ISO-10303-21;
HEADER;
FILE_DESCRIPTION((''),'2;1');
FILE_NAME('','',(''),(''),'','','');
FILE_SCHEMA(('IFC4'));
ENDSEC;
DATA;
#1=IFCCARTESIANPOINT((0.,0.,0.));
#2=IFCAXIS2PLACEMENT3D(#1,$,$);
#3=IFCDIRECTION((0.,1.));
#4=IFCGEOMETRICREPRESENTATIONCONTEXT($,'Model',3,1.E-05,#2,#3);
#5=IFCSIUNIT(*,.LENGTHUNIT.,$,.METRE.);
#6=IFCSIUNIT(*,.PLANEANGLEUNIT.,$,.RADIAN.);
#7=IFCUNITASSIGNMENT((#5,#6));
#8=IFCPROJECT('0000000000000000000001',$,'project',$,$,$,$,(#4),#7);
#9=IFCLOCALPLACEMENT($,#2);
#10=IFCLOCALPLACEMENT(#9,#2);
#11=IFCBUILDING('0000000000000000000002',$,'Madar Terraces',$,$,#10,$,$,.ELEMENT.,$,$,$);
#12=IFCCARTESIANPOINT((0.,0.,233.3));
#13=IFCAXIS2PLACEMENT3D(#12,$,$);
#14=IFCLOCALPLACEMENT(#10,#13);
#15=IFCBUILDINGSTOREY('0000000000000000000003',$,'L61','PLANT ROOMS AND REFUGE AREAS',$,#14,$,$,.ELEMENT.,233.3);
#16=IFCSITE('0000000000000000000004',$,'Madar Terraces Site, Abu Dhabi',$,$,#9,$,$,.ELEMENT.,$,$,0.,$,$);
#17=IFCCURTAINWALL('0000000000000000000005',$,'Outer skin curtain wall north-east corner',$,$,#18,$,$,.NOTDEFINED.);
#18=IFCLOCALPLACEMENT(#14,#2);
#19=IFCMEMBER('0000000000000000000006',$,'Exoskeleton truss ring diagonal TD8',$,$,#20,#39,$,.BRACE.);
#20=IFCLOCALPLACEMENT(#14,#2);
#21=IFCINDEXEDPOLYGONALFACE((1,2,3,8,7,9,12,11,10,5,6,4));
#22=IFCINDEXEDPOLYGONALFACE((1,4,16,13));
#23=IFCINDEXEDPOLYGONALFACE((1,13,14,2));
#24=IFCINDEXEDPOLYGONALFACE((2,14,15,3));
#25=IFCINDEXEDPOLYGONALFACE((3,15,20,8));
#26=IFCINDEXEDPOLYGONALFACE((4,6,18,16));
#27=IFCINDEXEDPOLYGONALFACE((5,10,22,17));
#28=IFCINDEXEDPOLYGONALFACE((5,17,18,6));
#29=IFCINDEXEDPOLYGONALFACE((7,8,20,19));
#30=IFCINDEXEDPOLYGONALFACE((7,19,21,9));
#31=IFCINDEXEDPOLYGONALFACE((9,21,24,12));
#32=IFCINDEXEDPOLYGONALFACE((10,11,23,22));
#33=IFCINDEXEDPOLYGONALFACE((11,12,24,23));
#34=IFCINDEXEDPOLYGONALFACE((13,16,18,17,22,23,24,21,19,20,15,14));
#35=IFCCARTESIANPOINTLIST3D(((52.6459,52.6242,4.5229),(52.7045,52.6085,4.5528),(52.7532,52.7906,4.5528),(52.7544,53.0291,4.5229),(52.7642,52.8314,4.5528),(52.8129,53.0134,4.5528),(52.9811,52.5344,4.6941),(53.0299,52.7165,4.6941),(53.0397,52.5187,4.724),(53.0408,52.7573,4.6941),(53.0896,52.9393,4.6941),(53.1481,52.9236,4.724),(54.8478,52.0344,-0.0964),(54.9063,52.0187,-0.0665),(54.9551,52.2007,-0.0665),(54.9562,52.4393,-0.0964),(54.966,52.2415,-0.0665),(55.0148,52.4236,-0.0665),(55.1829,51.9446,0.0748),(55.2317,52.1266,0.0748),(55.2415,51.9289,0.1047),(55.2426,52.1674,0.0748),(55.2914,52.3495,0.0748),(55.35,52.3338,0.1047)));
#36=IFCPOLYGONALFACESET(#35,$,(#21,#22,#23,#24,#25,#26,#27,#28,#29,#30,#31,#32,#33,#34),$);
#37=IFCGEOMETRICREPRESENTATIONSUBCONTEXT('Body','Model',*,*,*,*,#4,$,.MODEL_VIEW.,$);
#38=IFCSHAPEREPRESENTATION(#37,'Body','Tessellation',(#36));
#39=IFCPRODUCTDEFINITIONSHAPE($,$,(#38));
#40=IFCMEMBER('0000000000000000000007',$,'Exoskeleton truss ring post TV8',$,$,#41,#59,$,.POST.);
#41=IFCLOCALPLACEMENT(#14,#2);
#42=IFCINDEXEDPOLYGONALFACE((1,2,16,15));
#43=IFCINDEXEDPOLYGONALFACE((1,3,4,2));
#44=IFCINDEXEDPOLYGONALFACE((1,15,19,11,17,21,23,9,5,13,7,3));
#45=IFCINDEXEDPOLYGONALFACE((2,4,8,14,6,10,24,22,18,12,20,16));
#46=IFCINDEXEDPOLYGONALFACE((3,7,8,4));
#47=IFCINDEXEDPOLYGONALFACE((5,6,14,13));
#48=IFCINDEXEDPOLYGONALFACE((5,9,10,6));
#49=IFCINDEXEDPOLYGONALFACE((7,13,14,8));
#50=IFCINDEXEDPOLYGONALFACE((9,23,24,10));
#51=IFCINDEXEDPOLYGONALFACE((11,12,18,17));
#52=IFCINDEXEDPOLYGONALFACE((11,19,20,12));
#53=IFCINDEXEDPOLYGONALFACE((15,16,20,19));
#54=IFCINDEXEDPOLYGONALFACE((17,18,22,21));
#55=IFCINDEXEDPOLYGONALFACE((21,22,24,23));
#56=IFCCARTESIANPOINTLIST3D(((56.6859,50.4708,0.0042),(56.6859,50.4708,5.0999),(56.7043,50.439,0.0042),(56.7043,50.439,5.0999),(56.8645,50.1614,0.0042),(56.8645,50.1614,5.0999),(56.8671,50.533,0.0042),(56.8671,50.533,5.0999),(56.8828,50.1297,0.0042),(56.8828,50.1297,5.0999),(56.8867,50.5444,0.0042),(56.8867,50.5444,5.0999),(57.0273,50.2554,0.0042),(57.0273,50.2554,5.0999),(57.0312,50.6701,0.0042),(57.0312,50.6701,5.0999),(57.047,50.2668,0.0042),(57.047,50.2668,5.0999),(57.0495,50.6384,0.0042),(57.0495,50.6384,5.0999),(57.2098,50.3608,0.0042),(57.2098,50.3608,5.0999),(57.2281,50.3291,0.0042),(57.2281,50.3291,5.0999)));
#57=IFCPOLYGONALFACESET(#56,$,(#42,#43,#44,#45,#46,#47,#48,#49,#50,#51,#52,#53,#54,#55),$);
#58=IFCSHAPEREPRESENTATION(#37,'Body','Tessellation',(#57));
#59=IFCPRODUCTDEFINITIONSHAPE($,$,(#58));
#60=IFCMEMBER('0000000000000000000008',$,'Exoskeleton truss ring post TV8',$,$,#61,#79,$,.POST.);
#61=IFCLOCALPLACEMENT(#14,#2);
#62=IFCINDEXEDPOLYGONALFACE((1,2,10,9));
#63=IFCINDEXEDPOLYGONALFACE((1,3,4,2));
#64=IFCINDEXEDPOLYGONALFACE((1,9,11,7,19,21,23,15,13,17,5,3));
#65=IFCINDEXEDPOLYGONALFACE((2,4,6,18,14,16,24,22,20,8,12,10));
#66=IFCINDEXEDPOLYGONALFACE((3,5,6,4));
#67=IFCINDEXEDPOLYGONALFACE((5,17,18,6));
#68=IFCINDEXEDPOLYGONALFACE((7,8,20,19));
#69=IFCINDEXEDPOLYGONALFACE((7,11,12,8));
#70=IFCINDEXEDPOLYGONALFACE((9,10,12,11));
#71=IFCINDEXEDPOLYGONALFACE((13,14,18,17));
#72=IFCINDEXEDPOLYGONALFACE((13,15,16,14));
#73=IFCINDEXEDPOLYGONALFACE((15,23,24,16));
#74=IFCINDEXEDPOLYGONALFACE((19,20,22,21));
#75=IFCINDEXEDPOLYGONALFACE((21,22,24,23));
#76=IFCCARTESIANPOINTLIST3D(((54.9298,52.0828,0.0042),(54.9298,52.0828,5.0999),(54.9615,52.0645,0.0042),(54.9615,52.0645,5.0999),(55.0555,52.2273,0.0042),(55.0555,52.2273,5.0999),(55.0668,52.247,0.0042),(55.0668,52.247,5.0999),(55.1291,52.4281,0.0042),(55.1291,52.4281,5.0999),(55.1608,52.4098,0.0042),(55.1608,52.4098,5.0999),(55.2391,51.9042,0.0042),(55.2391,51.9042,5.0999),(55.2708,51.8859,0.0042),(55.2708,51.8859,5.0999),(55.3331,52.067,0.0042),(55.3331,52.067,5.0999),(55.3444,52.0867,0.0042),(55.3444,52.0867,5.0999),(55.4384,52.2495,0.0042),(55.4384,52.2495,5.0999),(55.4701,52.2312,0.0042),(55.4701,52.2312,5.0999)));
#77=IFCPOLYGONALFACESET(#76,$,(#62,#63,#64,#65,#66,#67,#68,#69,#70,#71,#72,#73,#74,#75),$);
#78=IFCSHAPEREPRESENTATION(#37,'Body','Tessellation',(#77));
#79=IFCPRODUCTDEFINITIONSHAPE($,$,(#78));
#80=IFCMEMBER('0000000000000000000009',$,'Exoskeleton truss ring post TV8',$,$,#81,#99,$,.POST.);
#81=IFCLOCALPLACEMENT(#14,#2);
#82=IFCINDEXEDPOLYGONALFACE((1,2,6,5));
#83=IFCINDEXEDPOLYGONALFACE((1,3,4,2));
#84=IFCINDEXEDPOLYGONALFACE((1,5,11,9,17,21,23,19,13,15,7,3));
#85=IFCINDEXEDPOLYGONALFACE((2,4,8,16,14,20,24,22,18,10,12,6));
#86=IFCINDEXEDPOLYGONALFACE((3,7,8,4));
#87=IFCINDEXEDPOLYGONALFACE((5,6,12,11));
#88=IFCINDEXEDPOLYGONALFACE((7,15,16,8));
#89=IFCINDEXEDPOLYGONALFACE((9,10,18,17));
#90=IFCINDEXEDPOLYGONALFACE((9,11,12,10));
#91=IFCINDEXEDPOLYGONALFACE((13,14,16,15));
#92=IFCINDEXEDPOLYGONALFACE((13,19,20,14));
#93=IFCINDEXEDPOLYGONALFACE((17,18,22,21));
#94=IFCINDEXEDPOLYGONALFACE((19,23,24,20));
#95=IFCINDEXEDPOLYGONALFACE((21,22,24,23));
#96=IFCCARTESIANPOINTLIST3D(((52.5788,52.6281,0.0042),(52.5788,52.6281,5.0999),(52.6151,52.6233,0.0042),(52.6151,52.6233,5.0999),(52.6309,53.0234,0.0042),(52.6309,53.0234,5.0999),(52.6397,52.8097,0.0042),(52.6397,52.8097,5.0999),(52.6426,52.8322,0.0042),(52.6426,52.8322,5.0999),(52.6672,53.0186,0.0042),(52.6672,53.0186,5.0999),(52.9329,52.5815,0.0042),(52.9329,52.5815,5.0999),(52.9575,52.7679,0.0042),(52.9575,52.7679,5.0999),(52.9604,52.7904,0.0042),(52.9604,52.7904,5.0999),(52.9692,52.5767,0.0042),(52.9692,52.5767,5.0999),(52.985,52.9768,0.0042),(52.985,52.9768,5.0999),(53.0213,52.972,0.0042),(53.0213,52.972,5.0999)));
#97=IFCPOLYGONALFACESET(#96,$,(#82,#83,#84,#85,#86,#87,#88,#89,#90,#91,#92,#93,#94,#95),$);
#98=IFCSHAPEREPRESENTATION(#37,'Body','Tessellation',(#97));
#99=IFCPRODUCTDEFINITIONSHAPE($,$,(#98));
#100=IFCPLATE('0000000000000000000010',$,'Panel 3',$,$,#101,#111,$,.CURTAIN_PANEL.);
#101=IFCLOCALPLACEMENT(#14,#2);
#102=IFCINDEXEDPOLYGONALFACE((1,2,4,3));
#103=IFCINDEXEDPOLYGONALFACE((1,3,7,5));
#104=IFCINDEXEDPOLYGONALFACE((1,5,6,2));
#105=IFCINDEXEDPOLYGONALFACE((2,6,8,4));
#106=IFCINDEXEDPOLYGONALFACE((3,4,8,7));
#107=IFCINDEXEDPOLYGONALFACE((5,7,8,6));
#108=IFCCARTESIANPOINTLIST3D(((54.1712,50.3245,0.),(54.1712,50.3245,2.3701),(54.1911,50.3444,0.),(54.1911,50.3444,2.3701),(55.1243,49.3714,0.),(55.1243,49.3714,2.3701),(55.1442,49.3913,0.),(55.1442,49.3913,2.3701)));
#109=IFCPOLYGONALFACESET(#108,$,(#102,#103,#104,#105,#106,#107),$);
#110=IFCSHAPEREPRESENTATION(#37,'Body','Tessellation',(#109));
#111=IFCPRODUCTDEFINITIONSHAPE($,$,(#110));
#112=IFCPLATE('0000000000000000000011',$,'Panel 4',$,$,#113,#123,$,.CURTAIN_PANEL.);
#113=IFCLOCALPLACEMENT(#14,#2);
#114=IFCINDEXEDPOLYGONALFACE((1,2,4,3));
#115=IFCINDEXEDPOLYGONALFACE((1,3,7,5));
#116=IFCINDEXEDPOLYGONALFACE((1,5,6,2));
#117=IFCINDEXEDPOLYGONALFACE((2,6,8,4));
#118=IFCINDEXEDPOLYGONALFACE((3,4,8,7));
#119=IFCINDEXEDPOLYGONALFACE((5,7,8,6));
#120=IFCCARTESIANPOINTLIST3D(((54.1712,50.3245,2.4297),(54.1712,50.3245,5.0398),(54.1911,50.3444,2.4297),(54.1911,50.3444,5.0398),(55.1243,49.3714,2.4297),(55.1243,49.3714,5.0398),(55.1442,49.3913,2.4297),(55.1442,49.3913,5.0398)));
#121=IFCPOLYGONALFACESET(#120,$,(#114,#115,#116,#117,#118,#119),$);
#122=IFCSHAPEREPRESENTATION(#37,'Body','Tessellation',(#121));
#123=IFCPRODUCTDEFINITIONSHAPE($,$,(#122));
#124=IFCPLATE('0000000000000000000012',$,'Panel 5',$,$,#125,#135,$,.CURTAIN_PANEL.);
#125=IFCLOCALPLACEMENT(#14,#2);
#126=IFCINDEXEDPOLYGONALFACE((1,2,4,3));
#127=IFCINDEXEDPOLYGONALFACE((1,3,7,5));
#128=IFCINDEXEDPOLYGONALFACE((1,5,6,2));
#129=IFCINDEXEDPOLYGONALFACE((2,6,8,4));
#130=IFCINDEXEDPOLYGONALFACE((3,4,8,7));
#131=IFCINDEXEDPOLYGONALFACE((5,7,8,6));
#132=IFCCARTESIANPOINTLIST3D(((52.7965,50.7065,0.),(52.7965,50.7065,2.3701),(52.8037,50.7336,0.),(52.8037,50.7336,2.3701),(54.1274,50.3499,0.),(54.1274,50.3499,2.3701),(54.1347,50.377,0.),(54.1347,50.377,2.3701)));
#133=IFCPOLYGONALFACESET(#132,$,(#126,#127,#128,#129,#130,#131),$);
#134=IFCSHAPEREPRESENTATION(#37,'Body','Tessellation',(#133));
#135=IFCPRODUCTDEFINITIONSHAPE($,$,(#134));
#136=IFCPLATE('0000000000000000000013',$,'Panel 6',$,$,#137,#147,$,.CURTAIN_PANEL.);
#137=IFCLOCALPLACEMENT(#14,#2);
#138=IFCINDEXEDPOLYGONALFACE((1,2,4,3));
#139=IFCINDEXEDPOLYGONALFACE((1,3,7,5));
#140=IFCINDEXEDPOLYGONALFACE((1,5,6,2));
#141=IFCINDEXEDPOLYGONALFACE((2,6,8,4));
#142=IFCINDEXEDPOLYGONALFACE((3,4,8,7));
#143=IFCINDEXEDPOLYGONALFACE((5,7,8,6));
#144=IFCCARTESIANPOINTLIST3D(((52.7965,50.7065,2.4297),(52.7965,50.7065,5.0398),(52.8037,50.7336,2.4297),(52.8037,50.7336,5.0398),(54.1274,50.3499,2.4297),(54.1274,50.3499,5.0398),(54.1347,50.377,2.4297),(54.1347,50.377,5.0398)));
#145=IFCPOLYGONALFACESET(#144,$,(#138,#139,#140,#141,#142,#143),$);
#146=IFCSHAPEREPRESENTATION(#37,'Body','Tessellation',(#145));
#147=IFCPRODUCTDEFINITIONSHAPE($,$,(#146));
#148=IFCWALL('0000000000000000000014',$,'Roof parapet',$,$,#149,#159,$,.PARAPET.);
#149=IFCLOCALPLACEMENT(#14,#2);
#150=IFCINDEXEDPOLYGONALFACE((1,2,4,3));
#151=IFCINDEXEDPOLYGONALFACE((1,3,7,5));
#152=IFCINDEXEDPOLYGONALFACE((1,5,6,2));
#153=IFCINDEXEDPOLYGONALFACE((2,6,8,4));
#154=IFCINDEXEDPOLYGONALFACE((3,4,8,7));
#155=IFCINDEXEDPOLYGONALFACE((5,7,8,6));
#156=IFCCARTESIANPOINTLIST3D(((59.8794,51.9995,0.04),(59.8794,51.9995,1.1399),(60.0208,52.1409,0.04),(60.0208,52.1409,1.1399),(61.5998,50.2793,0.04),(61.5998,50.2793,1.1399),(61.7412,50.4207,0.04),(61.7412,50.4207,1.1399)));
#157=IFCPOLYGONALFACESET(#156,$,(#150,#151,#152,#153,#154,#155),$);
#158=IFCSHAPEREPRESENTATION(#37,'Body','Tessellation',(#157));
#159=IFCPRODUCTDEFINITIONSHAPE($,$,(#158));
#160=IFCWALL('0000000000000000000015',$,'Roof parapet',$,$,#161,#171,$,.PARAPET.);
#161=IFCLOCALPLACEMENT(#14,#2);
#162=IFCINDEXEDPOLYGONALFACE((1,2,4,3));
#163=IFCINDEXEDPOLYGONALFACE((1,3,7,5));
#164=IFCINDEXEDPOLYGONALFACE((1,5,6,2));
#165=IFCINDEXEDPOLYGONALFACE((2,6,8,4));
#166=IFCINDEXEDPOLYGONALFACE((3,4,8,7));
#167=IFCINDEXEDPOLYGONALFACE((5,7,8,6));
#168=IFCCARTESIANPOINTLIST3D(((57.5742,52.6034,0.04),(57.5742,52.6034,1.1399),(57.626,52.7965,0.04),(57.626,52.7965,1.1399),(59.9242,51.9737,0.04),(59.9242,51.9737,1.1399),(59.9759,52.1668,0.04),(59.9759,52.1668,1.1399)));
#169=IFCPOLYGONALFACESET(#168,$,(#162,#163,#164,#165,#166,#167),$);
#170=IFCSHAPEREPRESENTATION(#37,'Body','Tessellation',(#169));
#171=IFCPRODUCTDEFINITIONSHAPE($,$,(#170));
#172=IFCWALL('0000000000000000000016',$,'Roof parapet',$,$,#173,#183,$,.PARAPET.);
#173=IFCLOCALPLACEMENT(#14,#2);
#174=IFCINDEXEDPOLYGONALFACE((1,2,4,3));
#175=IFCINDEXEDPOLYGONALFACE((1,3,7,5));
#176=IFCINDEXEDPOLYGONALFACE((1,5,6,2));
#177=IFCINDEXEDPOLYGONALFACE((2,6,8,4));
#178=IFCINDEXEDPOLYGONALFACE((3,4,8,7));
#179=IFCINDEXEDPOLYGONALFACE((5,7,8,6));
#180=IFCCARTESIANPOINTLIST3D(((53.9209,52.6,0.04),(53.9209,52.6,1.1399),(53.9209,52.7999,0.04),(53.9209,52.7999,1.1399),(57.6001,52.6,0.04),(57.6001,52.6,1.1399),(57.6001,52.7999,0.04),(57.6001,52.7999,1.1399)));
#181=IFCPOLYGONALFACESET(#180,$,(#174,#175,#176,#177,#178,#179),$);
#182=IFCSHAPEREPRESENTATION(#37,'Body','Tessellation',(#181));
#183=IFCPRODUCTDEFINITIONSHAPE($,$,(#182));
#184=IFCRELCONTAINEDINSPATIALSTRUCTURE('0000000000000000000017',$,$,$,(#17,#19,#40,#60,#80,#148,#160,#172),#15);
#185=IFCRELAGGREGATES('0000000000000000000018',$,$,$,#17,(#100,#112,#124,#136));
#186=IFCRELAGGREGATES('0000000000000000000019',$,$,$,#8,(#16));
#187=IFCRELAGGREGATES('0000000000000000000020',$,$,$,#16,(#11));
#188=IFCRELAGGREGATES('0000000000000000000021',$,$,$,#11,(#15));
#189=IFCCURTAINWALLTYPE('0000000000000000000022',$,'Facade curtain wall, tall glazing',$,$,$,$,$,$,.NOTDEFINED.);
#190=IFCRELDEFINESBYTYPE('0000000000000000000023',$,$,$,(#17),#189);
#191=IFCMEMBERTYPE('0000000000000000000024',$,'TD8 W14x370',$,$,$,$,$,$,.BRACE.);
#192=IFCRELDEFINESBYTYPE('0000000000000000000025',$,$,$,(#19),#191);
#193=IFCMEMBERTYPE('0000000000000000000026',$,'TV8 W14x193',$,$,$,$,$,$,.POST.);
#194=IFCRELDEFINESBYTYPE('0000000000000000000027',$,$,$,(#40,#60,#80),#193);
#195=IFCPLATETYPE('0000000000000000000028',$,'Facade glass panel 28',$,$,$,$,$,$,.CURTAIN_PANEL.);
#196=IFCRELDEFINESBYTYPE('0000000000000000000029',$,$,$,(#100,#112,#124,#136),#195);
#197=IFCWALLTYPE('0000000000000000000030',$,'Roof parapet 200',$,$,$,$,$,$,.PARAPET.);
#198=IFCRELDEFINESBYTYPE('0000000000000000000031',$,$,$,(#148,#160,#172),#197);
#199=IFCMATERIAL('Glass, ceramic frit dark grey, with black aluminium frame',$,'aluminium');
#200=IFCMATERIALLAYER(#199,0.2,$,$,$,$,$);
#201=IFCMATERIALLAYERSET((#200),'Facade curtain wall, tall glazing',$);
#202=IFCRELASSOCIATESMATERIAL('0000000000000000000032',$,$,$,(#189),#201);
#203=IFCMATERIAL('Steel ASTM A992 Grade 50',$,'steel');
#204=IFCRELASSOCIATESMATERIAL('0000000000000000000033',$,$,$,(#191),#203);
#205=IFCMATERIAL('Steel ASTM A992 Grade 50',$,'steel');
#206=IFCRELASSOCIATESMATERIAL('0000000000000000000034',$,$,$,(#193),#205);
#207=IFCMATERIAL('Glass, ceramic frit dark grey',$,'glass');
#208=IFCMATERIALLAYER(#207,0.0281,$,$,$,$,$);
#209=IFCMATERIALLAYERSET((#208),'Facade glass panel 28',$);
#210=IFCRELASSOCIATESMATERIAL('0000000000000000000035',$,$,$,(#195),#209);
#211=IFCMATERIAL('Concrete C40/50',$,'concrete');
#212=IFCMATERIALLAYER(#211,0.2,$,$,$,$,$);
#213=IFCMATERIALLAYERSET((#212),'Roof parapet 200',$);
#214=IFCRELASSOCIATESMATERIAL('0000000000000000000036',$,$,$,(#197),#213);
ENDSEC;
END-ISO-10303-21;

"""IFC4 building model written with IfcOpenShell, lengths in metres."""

from ifc_helpers import new_model, si_unit, direction, frame, frame_2d, origin, origin_2d, place, context, subcontext, project, spatial, rectangle, i_section, extrude, material, layer, layer_set, material_profile, profile_set, type_object, element, aggregate, save


model = new_model("IFC4")

# Units and contexts
model_context = context("Model", 3, precision=1e-05, world=origin(), true_north=direction((0.0, 1.0)))
body_context = subcontext(model_context, "Body", "Model", "MODEL_VIEW")
ifc_project = project(units=[si_unit("LENGTHUNIT", "METRE"), si_unit("PLANEANGLEUNIT", "RADIAN")], contexts=[model_context])

# Site, building, storey
site_placement = place(None, origin())
site = spatial("IfcSite", under=ifc_project, at=site_placement, Name="Madar Terraces Site, Abu Dhabi", CompositionType="ELEMENT", RefElevation=0.0)
building_placement = place(site_placement, origin())
building = spatial("IfcBuilding", under=site, at=building_placement, Name="Madar Terraces", CompositionType="ELEMENT")
storey_placement = place(building_placement, frame((0.0, 0.0, 233.3)))
storey = spatial("IfcBuildingStorey", under=building, at=storey_placement, Name="L61", Description="PLANT ROOMS AND REFUGE AREAS", CompositionType="ELEMENT", Elevation=233.3)

# Curtain wall
ifc_material_1 = material(Name="Glass, ceramic frit dark grey, with black aluminium frame", Category="aluminium")
ifc_layer_1 = layer(ifc_material_1, 0.2)
ifc_layer_set_1 = layer_set([ifc_layer_1], Name="Facade curtain wall, tall glazing")
curtain_wall_type = type_object("IfcCurtainWallType", Name="Facade curtain wall, tall glazing", PredefinedType="NOTDEFINED", material=ifc_layer_set_1)
curtain_wall_placement = place(storey_placement, origin())
curtain_wall = element("IfcCurtainWall", 1, at=curtain_wall_placement, inside=storey, type_object=curtain_wall_type, Name="Outer skin curtain wall north-east corner", PredefinedType="NOTDEFINED")

# Members
ifc_material_2 = material(Name="Steel ASTM A992 Grade 50", Category="steel")
ifc_material_profile_1 = material_profile(ifc_material_2, i_section(OverallWidth=0.4192, OverallDepth=0.4546, WebThickness=0.0422, FlangeThickness=0.0676, at=origin_2d()), Name="W14x370")
ifc_profile_set_1 = profile_set([ifc_material_profile_1], Name="Steel ASTM A992 Grade 50")
member_type_1 = type_object("IfcMemberType", Name="TD8 W14x370", PredefinedType="BRACE", material=ifc_profile_set_1)
member_1_placement = place(storey_placement, frame((55.0989, 52.1841, 0.0042), z_axis=(-0.427453, 0.114506, 0.896756), x_axis=(-0.258756, -0.965943, 0.0)))
element("IfcMember", 2, at=member_1_placement, inside=storey, type_object=member_type_1, Name="Exoskeleton truss ring diagonal TD8", PredefinedType="BRACE", context=body_context, shape_type="SweptSolid", body=[
    extrude(i_section(OverallWidth=0.4192, OverallDepth=0.4546, WebThickness=0.0422, FlangeThickness=0.0676, at=origin_2d()), origin(), (0.0, 0.0, 1.0), 5.1511),
])
ifc_material_3 = material(Name="Steel ASTM A992 Grade 50", Category="steel")
ifc_material_profile_2 = material_profile(ifc_material_3, i_section(OverallWidth=0.3987, OverallDepth=0.3938, WebThickness=0.0227, FlangeThickness=0.0366, at=origin_2d()), Name="W14x193")
ifc_profile_set_2 = profile_set([ifc_material_profile_2], Name="Steel ASTM A992 Grade 50")
member_type_2 = type_object("IfcMemberType", Name="TV8 W14x193", PredefinedType="POST", material=ifc_profile_set_2)
for number, where, z_axis, x_axis, name in (
    (3, (56.957, 50.3999, 0.0042), (0.0, 0.0, 1.0), (-0.866025, -0.5, 0.0), "Exoskeleton truss ring post TV8"),
    (4, (55.2, 52.157, 0.0042), (0.0, 0.0, 1.0), (-0.5, -0.866025, 0.0), "Exoskeleton truss ring post TV8"),
    (5, (52.8, 52.8, 0.0042), (0.0, 0.0, 1.0), (-0.130526, -0.991445, 0.0), "Exoskeleton truss ring post TV8"),
):
    element("IfcMember", number, at=place(storey_placement, frame(where, z_axis=z_axis, x_axis=x_axis)), inside=storey, type_object=member_type_2, Name=name, PredefinedType="POST", context=body_context, shape_type="SweptSolid", body=[
        extrude(i_section(OverallWidth=0.3987, OverallDepth=0.3938, WebThickness=0.0227, FlangeThickness=0.0366, at=origin_2d()), origin(), (0.0, 0.0, 1.0), 5.0957),
    ])

# Plates
ifc_material_4 = material(Name="Glass, ceramic frit dark grey", Category="glass")
ifc_layer_2 = layer(ifc_material_4, 0.0281)
ifc_layer_set_2 = layer_set([ifc_layer_2], Name="Facade glass panel 28")
plate_type = type_object("IfcPlateType", Name="Facade glass panel 28", PredefinedType="CURTAIN_PANEL", material=ifc_layer_set_2)
plate_1_placement = place(storey_placement, frame((54.6577, 49.8579, 0.0), z_axis=(0.0, 0.0, 1.0), x_axis=(-0.707107, 0.707107, 0.0)))
plate_1 = element("IfcPlate", 6, at=plate_1_placement, type_object=plate_type, Name="Panel 3", PredefinedType="CURTAIN_PANEL", context=body_context, shape_type="SweptSolid", body=[
    extrude(rectangle(XDim=1.3479, YDim=0.0281, at=origin_2d()), origin(), (0.0, 0.0, 1.0), 2.3701),
])
plate_2_placement = place(storey_placement, frame((54.6577, 49.8579, 2.4297), z_axis=(0.0, 0.0, 1.0), x_axis=(-0.707107, 0.707107, 0.0)))
plate_2 = element("IfcPlate", 7, at=plate_2_placement, type_object=plate_type, Name="Panel 4", PredefinedType="CURTAIN_PANEL", context=body_context, shape_type="SweptSolid", body=[
    extrude(rectangle(XDim=1.3479, YDim=0.0281, at=origin_2d()), origin(), (0.0, 0.0, 1.0), 2.6101),
])
plate_3_placement = place(storey_placement, frame((53.4656, 50.5417, 0.0), z_axis=(0.0, 0.0, 1.0), x_axis=(-0.965926, 0.258819, 0.0)))
plate_3 = element("IfcPlate", 8, at=plate_3_placement, type_object=plate_type, Name="Panel 5", PredefinedType="CURTAIN_PANEL", context=body_context, shape_type="SweptSolid", body=[
    extrude(rectangle(XDim=1.3779, YDim=0.0281, at=origin_2d()), origin(), (0.0, 0.0, 1.0), 2.3701),
])
plate_4_placement = place(storey_placement, frame((53.4656, 50.5417, 2.4297), z_axis=(0.0, 0.0, 1.0), x_axis=(-0.965926, 0.258819, 0.0)))
plate_4 = element("IfcPlate", 9, at=plate_4_placement, type_object=plate_type, Name="Panel 6", PredefinedType="CURTAIN_PANEL", context=body_context, shape_type="SweptSolid", body=[
    extrude(rectangle(XDim=1.3779, YDim=0.0281, at=origin_2d()), origin(), (0.0, 0.0, 1.0), 2.6101),
])
aggregate(curtain_wall, [plate_1, plate_2, plate_3, plate_4])

# Walls
ifc_material_5 = material(Name="Concrete C40/50", Category="concrete")
ifc_layer_3 = layer(ifc_material_5, 0.2)
ifc_layer_set_3 = layer_set([ifc_layer_3], Name="Roof parapet 200")
wall_type = type_object("IfcWallType", Name="Roof parapet 200", PredefinedType="PARAPET", material=ifc_layer_set_3)
for number, where, z_axis, x_axis, name in (
    (10, (61.6704, 50.3501, 0.04), (0.0, 0.0, 1.0), (-0.707157, 0.707057, 0.0), "Roof parapet"),
    (11, (59.95, 52.0703, 0.04), (0.0, 0.0, 1.0), (-0.965926, 0.258818, 0.0), "Roof parapet"),
):
    element("IfcWall", number, at=place(storey_placement, frame(where, z_axis=z_axis, x_axis=x_axis)), inside=storey, type_object=wall_type, Name=name, PredefinedType="PARAPET", context=body_context, shape_type="SweptSolid", body=[
        extrude(rectangle(XDim=2.4329, YDim=0.2, at=frame_2d((1.2163, 0.0))), origin(), (0.0, 0.0, 1.0), 1.0999),
    ])
wall_placement = place(storey_placement, frame((57.6001, 52.7, 0.04), z_axis=(0.0, 0.0, 1.0), x_axis=(-1.0, 0.0, 0.0)))
element("IfcWall", 12, at=wall_placement, inside=storey, type_object=wall_type, Name="Roof parapet", PredefinedType="PARAPET", context=body_context, shape_type="SweptSolid", body=[
    extrude(rectangle(XDim=3.6792, YDim=0.2, at=frame_2d((1.8396, 0.0))), origin(), (0.0, 0.0, 1.0), 1.0999),
])

save(model, "model.ifc")
